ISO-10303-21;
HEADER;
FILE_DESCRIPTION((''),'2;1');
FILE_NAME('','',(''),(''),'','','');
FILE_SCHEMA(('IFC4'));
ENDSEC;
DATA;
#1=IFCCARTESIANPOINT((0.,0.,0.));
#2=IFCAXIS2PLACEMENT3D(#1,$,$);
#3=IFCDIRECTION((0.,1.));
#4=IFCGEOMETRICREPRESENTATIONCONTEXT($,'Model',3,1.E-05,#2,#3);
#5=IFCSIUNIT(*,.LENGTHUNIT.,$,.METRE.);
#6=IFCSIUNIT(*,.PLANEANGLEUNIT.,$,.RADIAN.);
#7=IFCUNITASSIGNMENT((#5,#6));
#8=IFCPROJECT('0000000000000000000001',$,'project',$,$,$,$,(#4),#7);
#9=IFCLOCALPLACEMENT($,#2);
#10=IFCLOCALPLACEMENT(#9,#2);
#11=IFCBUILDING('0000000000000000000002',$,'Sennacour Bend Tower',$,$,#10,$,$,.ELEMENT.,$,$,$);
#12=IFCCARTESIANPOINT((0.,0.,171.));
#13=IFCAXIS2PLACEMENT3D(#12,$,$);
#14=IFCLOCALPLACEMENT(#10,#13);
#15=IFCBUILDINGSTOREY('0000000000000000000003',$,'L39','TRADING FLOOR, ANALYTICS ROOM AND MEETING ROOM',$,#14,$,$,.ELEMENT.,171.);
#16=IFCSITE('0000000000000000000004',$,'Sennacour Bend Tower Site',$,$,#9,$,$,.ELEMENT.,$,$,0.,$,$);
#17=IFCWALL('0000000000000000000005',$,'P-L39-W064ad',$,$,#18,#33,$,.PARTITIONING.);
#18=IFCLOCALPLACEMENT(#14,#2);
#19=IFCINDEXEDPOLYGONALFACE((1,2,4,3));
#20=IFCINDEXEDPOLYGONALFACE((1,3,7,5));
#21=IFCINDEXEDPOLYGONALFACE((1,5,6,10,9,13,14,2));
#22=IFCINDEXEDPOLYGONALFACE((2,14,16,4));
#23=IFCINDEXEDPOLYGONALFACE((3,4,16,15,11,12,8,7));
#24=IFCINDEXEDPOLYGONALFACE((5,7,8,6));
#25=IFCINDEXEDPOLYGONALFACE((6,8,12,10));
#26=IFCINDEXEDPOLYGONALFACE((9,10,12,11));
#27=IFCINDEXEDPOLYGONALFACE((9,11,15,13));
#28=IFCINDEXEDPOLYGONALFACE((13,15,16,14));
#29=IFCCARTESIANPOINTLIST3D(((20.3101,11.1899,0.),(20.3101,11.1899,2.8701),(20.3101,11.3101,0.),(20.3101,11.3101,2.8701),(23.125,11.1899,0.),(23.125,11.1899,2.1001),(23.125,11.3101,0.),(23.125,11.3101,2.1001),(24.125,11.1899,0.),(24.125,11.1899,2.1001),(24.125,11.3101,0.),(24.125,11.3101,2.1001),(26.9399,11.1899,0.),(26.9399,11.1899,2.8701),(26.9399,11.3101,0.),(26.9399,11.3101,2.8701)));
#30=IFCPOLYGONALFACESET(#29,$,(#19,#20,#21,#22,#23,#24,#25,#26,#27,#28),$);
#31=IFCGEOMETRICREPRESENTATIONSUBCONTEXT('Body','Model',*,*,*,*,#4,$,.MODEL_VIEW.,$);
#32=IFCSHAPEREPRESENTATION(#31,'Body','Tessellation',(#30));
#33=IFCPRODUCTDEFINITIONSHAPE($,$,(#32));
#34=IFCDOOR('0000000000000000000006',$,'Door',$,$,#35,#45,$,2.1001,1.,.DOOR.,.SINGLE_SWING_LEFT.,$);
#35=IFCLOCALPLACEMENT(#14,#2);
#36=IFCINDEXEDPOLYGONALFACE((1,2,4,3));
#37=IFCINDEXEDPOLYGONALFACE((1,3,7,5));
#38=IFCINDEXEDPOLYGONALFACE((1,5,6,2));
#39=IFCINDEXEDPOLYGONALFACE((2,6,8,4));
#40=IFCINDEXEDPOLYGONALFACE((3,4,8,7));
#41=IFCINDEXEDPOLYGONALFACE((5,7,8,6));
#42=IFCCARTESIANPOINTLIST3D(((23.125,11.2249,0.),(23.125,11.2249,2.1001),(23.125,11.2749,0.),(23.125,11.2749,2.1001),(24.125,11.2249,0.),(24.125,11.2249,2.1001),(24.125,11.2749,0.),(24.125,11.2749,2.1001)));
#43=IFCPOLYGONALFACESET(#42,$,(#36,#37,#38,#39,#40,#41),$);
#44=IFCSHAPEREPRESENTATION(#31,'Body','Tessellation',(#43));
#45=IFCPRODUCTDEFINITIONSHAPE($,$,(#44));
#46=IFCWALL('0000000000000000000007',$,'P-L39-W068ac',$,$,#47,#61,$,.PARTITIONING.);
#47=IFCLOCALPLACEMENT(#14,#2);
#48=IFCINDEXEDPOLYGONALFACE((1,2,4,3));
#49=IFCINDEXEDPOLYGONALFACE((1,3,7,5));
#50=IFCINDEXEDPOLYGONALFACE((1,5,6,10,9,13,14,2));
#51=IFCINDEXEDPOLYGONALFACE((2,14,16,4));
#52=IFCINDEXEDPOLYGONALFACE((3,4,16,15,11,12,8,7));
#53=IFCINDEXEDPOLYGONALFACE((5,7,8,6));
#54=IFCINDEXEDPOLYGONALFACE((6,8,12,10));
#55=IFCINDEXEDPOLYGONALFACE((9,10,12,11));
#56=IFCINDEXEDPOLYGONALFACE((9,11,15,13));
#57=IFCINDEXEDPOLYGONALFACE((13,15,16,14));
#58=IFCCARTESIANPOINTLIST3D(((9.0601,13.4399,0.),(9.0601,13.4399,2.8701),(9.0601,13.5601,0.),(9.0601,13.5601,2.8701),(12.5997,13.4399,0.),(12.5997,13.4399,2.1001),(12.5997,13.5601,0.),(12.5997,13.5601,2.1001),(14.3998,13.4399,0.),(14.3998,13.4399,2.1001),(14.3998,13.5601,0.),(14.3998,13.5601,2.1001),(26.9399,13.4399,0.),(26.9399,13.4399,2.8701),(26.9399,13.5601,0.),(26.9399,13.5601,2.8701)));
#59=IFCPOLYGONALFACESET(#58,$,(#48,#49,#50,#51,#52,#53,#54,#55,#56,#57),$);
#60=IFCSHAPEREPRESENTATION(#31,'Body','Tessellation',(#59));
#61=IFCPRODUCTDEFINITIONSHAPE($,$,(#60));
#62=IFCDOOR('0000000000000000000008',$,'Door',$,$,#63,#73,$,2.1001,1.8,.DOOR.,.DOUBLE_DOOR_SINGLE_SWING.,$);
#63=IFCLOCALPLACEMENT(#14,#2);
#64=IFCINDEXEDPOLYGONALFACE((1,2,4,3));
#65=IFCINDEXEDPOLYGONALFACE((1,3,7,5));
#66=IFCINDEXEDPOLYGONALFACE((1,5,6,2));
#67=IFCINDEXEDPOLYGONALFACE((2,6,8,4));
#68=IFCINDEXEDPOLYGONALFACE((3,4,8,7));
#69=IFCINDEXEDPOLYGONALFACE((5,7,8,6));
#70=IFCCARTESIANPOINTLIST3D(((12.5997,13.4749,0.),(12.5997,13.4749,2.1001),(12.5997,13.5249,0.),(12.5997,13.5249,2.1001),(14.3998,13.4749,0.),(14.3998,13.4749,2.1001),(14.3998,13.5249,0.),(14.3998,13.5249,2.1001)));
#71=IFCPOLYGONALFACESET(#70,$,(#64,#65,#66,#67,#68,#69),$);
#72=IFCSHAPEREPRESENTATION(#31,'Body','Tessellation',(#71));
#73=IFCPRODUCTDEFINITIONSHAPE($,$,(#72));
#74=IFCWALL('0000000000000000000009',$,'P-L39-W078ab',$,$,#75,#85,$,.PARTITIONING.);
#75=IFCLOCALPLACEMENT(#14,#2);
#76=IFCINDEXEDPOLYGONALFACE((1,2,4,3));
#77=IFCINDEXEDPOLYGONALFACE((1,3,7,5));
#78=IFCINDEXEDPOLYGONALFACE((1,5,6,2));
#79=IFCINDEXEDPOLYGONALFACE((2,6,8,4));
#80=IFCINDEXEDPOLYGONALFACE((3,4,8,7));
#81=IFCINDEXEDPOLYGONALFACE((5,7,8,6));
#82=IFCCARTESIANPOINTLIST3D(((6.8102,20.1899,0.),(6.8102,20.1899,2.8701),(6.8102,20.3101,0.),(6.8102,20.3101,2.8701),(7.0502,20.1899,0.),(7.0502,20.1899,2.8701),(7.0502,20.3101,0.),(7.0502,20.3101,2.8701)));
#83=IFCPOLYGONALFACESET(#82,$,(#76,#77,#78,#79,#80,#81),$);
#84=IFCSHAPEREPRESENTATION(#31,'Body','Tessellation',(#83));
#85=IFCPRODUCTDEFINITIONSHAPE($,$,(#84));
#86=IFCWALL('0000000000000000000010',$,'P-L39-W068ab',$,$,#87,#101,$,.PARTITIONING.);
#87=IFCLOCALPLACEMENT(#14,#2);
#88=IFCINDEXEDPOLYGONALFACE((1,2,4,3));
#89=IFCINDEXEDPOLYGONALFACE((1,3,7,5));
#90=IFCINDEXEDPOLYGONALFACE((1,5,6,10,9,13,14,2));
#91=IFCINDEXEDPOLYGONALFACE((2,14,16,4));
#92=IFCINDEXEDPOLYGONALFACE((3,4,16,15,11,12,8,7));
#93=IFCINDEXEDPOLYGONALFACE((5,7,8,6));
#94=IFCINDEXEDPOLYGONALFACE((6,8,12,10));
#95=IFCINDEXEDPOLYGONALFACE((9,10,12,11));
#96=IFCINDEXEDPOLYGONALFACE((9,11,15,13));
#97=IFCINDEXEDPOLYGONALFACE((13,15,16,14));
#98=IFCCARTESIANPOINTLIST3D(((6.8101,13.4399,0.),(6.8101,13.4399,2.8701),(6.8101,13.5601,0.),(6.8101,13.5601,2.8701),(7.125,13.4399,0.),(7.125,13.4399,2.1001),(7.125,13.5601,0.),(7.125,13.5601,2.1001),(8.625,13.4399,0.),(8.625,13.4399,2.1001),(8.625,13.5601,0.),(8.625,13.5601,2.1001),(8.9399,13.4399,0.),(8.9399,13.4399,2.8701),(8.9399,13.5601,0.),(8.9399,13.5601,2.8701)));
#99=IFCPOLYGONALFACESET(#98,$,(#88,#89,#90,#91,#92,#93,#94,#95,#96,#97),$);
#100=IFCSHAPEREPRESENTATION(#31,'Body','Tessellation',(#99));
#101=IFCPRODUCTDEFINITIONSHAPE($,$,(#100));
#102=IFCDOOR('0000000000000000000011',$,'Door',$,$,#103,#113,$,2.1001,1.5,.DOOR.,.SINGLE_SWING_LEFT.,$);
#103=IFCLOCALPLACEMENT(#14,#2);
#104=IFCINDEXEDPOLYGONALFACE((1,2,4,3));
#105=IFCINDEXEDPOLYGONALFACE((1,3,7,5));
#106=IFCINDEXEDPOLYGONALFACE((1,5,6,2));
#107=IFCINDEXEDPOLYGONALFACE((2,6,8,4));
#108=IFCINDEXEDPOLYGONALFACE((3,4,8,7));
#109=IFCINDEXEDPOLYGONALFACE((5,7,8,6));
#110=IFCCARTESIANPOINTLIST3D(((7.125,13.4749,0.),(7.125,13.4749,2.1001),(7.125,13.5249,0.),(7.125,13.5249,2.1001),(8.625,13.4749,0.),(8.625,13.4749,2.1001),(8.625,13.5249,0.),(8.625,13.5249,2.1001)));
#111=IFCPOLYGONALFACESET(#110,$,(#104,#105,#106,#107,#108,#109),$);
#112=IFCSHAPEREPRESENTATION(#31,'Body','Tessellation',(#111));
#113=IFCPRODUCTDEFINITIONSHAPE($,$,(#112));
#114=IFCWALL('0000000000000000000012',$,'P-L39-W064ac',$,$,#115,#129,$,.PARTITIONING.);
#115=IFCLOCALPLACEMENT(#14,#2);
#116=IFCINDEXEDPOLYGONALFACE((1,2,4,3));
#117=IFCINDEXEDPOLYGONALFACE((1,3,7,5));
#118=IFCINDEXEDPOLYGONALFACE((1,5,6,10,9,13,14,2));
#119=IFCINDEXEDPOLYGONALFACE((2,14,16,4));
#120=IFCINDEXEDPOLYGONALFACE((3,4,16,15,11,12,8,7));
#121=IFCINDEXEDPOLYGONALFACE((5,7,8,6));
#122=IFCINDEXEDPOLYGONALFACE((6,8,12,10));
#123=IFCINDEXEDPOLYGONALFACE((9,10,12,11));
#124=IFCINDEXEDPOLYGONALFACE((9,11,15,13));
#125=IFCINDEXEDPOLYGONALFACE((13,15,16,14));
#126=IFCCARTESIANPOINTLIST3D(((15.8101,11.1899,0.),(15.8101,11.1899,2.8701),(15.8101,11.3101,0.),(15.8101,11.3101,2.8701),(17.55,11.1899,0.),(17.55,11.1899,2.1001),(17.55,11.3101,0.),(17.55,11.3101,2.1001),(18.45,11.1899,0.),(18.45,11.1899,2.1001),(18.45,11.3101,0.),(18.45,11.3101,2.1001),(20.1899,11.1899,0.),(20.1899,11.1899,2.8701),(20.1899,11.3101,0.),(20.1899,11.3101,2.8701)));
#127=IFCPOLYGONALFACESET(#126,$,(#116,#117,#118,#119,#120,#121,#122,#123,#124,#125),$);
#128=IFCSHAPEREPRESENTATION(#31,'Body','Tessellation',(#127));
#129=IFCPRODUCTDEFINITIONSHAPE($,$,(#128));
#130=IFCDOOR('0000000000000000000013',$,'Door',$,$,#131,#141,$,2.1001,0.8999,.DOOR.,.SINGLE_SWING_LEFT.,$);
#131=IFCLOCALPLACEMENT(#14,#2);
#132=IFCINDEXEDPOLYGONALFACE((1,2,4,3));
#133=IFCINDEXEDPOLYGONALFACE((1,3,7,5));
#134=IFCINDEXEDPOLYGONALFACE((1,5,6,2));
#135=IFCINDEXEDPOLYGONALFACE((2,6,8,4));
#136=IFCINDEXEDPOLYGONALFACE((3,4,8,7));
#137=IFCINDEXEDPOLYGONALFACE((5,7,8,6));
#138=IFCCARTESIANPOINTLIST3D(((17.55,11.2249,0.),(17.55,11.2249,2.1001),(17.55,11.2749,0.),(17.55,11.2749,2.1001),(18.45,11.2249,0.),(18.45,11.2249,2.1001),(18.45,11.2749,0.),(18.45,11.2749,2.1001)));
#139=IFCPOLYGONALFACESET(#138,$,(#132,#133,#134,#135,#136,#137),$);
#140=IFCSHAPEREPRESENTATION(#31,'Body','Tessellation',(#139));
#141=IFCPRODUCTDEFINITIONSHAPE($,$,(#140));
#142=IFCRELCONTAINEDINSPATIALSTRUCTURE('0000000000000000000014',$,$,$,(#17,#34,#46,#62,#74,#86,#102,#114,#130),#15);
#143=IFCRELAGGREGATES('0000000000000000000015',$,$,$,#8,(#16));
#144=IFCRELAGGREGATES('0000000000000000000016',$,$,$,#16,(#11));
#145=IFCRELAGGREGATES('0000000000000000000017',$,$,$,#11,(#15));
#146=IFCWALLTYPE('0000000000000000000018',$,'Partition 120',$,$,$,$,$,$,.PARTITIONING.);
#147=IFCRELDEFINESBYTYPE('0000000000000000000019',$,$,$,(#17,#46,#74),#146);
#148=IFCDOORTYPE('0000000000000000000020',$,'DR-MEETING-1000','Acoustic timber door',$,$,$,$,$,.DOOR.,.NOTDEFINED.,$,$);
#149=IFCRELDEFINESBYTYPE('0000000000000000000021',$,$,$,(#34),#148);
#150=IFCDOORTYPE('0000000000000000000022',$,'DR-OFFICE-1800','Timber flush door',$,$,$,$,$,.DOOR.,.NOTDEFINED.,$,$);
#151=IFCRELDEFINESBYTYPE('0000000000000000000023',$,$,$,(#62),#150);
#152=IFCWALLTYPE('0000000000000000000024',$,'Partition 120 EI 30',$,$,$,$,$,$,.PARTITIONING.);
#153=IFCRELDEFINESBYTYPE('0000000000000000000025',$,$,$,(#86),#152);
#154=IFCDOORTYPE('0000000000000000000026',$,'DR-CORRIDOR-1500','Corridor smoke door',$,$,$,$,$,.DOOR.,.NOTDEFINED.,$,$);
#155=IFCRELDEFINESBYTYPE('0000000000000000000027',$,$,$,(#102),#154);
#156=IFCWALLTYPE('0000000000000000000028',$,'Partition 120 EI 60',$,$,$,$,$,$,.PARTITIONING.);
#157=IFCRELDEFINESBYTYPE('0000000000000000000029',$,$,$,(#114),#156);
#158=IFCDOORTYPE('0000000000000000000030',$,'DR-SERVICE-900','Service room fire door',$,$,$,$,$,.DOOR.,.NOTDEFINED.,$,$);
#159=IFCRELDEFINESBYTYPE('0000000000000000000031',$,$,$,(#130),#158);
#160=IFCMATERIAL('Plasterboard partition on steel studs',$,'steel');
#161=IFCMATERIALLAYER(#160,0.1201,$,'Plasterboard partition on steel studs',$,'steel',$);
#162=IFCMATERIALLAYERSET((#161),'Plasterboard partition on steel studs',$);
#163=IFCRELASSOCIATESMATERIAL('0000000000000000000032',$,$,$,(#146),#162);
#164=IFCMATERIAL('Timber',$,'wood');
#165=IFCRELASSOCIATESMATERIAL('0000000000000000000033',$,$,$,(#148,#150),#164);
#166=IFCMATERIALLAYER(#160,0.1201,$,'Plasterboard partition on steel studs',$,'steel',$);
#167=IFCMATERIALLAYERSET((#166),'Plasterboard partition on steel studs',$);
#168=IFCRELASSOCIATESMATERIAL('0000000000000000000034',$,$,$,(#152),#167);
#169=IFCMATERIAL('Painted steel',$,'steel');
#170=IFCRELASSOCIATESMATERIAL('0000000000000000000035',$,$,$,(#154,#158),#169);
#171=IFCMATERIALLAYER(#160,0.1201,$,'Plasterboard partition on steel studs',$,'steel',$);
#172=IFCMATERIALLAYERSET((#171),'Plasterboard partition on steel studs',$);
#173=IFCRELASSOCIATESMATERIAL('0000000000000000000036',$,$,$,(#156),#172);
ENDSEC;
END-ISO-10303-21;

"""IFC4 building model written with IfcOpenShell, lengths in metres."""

from ifc_helpers import new_model, si_unit, direction, frame, frame_2d, origin, place, context, subcontext, project, spatial, rectangle, extrude, material, layer, layer_set, type_object, element, fill, save


model = new_model("IFC4")

# Units and contexts
model_context = context("Model", 3, precision=1e-05, world=origin(), true_north=direction((0.0, 1.0)))
body_context = subcontext(model_context, "Body", "Model", "MODEL_VIEW")
ifc_project = project(units=[si_unit("LENGTHUNIT", "METRE"), si_unit("PLANEANGLEUNIT", "RADIAN")], contexts=[model_context])

# Site, building, storey
site_placement = place(None, origin())
site = spatial("IfcSite", under=ifc_project, at=site_placement, Name="Sennacour Bend Tower Site", CompositionType="ELEMENT", RefElevation=0.0)
building_placement = place(site_placement, origin())
building = spatial("IfcBuilding", under=site, at=building_placement, Name="Sennacour Bend Tower", CompositionType="ELEMENT")
storey_placement = place(building_placement, frame((0.0, 0.0, 171.0)))
storey = spatial("IfcBuildingStorey", under=building, at=storey_placement, Name="L39", Description="TRADING FLOOR, ANALYTICS ROOM AND MEETING ROOM", CompositionType="ELEMENT", Elevation=171.0)

# Shared definitions
ifc_material_1 = material(Name="Plasterboard partition on steel studs", Category="steel")
ifc_layer_1 = layer(ifc_material_1, 0.1201, Name="Plasterboard partition on steel studs", Category="steel")
ifc_layer_set_1 = layer_set([ifc_layer_1], Name="Plasterboard partition on steel studs")
wall_type_1 = type_object("IfcWallType", Name="Partition 120", PredefinedType="PARTITIONING", material=ifc_layer_set_1)
ifc_material_2 = material(Name="Timber", Category="wood")

# Walls, openings, doors
wall_1_placement = place(storey_placement, frame((20.3101, 11.25, 0.0), z_axis=(0.0, 0.0, 1.0), x_axis=(1.0, 0.0, 0.0)))
wall_1 = element("IfcWall", 1, at=wall_1_placement, inside=storey, type_object=wall_type_1, Name="P-L39-W064ad", PredefinedType="PARTITIONING", context=body_context, shape_type="SweptSolid", body=[
    extrude(rectangle(XDim=6.6299, YDim=0.1201, at=frame_2d((3.3149, 0.0))), origin(), (0.0, 0.0, 1.0), 2.8701),
])
opening_1_placement = place(wall_1_placement, frame((2.8149, 0.0, 0.0)))
opening_1 = element("IfcOpeningElement", 2, at=opening_1_placement, cuts=wall_1, PredefinedType="OPENING", context=body_context, shape_type="SweptSolid", body=[
    extrude(rectangle(XDim=1.0, YDim=2.1001, at=frame_2d((0.5, 1.05))), frame((0.0, 0.0701, 0.0), z_axis=(0.0, -1.0, 0.0), x_axis=(1.0, 0.0, 0.0)), (0.0, 0.0, 1.0), 0.1401),
])
door_type_1 = type_object("IfcDoorType", Name="DR-MEETING-1000", Description="Acoustic timber door", OperationType="NOTDEFINED", PredefinedType="DOOR", material=ifc_material_2)
door_1_placement = place(opening_1_placement, origin())
door_1 = element("IfcDoor", 3, at=door_1_placement, inside=storey, type_object=door_type_1, Name="Door", OperationType="SINGLE_SWING_LEFT", OverallHeight=2.1001, OverallWidth=1.0, PredefinedType="DOOR", context=body_context, shape_type="SweptSolid", body=[
    extrude(rectangle(XDim=1.0, YDim=2.1001, at=frame_2d((0.5, 1.05))), frame((0.0, 0.0249, 0.0), z_axis=(0.0, -1.0, 0.0), x_axis=(1.0, 0.0, 0.0)), (0.0, 0.0, 1.0), 0.05),
])
fill(opening_1, door_1)
wall_2_placement = place(storey_placement, frame((9.0601, 13.5, 0.0), z_axis=(0.0, 0.0, 1.0), x_axis=(1.0, 0.0, 0.0)))
wall_2 = element("IfcWall", 4, at=wall_2_placement, inside=storey, type_object=wall_type_1, Name="P-L39-W068ac", PredefinedType="PARTITIONING", context=body_context, shape_type="SweptSolid", body=[
    extrude(rectangle(XDim=17.8799, YDim=0.1201, at=frame_2d((8.9399, 0.0))), origin(), (0.0, 0.0, 1.0), 2.8701),
])
opening_2_placement = place(wall_2_placement, frame((3.5398, 0.0, 0.0)))
opening_2 = element("IfcOpeningElement", 5, at=opening_2_placement, cuts=wall_2, PredefinedType="OPENING", context=body_context, shape_type="SweptSolid", body=[
    extrude(rectangle(XDim=1.8, YDim=2.1001, at=frame_2d((0.8999, 1.05))), frame((0.0, 0.0701, 0.0), z_axis=(0.0, -1.0, 0.0), x_axis=(1.0, 0.0, 0.0)), (0.0, 0.0, 1.0), 0.1401),
])
door_type_2 = type_object("IfcDoorType", Name="DR-OFFICE-1800", Description="Timber flush door", OperationType="NOTDEFINED", PredefinedType="DOOR", material=ifc_material_2)
door_2_placement = place(opening_2_placement, origin())
door_2 = element("IfcDoor", 6, at=door_2_placement, inside=storey, type_object=door_type_2, Name="Door", OperationType="DOUBLE_DOOR_SINGLE_SWING", OverallHeight=2.1001, OverallWidth=1.8, PredefinedType="DOOR", context=body_context, shape_type="SweptSolid", body=[
    extrude(rectangle(XDim=1.8, YDim=2.1001, at=frame_2d((0.8999, 1.05))), frame((0.0, 0.0249, 0.0), z_axis=(0.0, -1.0, 0.0), x_axis=(1.0, 0.0, 0.0)), (0.0, 0.0, 1.0), 0.05),
])
fill(opening_2, door_2)

# Wall
wall_3_placement = place(storey_placement, frame((6.8101, 20.25, 0.0), z_axis=(0.0, 0.0, 1.0), x_axis=(1.0, 0.0, 0.0)))
element("IfcWall", 7, at=wall_3_placement, inside=storey, type_object=wall_type_1, Name="P-L39-W078ab", PredefinedType="PARTITIONING", context=body_context, shape_type="SweptSolid", body=[
    extrude(rectangle(XDim=0.24, YDim=0.1201, at=frame_2d((0.1201, 0.0))), origin(), (0.0, 0.0, 1.0), 2.8701),
])

# Walls, openings, doors
ifc_layer_2 = layer(ifc_material_1, 0.1201, Name="Plasterboard partition on steel studs", Category="steel")
ifc_layer_set_2 = layer_set([ifc_layer_2], Name="Plasterboard partition on steel studs")
wall_type_2 = type_object("IfcWallType", Name="Partition 120 EI 30", PredefinedType="PARTITIONING", material=ifc_layer_set_2)
wall_4_placement = place(storey_placement, frame((6.8101, 13.5, 0.0), z_axis=(0.0, 0.0, 1.0), x_axis=(1.0, 0.0, 0.0)))
wall_4 = element("IfcWall", 8, at=wall_4_placement, inside=storey, type_object=wall_type_2, Name="P-L39-W068ab", PredefinedType="PARTITIONING", context=body_context, shape_type="SweptSolid", body=[
    extrude(rectangle(XDim=2.1299, YDim=0.1201, at=frame_2d((1.0649, 0.0))), origin(), (0.0, 0.0, 1.0), 2.8701),
])
opening_3_placement = place(wall_4_placement, frame((0.3149, 0.0, 0.0)))
opening_3 = element("IfcOpeningElement", 9, at=opening_3_placement, cuts=wall_4, PredefinedType="OPENING", context=body_context, shape_type="SweptSolid", body=[
    extrude(rectangle(XDim=1.5, YDim=2.1001, at=frame_2d((0.75, 1.05))), frame((0.0, 0.0701, 0.0), z_axis=(0.0, -1.0, 0.0), x_axis=(1.0, 0.0, 0.0)), (0.0, 0.0, 1.0), 0.1401),
])
ifc_material_3 = material(Name="Painted steel", Category="steel")
door_type_3 = type_object("IfcDoorType", Name="DR-CORRIDOR-1500", Description="Corridor smoke door", OperationType="NOTDEFINED", PredefinedType="DOOR", material=ifc_material_3)
door_3_placement = place(opening_3_placement, origin())
door_3 = element("IfcDoor", 10, at=door_3_placement, inside=storey, type_object=door_type_3, Name="Door", OperationType="SINGLE_SWING_LEFT", OverallHeight=2.1001, OverallWidth=1.5, PredefinedType="DOOR", context=body_context, shape_type="SweptSolid", body=[
    extrude(rectangle(XDim=1.5, YDim=2.1001, at=frame_2d((0.75, 1.05))), frame((0.0, 0.0249, 0.0), z_axis=(0.0, -1.0, 0.0), x_axis=(1.0, 0.0, 0.0)), (0.0, 0.0, 1.0), 0.05),
])
fill(opening_3, door_3)
ifc_layer_3 = layer(ifc_material_1, 0.1201, Name="Plasterboard partition on steel studs", Category="steel")
ifc_layer_set_3 = layer_set([ifc_layer_3], Name="Plasterboard partition on steel studs")
wall_type_3 = type_object("IfcWallType", Name="Partition 120 EI 60", PredefinedType="PARTITIONING", material=ifc_layer_set_3)
wall_5_placement = place(storey_placement, frame((15.8101, 11.25, 0.0), z_axis=(0.0, 0.0, 1.0), x_axis=(1.0, 0.0, 0.0)))
wall_5 = element("IfcWall", 11, at=wall_5_placement, inside=storey, type_object=wall_type_3, Name="P-L39-W064ac", PredefinedType="PARTITIONING", context=body_context, shape_type="SweptSolid", body=[
    extrude(rectangle(XDim=4.3799, YDim=0.1201, at=frame_2d((2.1899, 0.0))), origin(), (0.0, 0.0, 1.0), 2.8701),
])
opening_4_placement = place(wall_5_placement, frame((1.74, 0.0, 0.0)))
opening_4 = element("IfcOpeningElement", 12, at=opening_4_placement, cuts=wall_5, PredefinedType="OPENING", context=body_context, shape_type="SweptSolid", body=[
    extrude(rectangle(XDim=0.8999, YDim=2.1001, at=frame_2d((0.45, 1.05))), frame((0.0, 0.0701, 0.0), z_axis=(0.0, -1.0, 0.0), x_axis=(1.0, 0.0, 0.0)), (0.0, 0.0, 1.0), 0.1401),
])
door_type_4 = type_object("IfcDoorType", Name="DR-SERVICE-900", Description="Service room fire door", OperationType="NOTDEFINED", PredefinedType="DOOR", material=ifc_material_3)
door_4_placement = place(opening_4_placement, origin())
door_4 = element("IfcDoor", 13, at=door_4_placement, inside=storey, type_object=door_type_4, Name="Door", OperationType="SINGLE_SWING_LEFT", OverallHeight=2.1001, OverallWidth=0.8999, PredefinedType="DOOR", context=body_context, shape_type="SweptSolid", body=[
    extrude(rectangle(XDim=0.8999, YDim=2.1001, at=frame_2d((0.45, 1.05))), frame((0.0, 0.0249, 0.0), z_axis=(0.0, -1.0, 0.0), x_axis=(1.0, 0.0, 0.0)), (0.0, 0.0, 1.0), 0.05),
])
fill(opening_4, door_4)

save(model, "model.ifc")
